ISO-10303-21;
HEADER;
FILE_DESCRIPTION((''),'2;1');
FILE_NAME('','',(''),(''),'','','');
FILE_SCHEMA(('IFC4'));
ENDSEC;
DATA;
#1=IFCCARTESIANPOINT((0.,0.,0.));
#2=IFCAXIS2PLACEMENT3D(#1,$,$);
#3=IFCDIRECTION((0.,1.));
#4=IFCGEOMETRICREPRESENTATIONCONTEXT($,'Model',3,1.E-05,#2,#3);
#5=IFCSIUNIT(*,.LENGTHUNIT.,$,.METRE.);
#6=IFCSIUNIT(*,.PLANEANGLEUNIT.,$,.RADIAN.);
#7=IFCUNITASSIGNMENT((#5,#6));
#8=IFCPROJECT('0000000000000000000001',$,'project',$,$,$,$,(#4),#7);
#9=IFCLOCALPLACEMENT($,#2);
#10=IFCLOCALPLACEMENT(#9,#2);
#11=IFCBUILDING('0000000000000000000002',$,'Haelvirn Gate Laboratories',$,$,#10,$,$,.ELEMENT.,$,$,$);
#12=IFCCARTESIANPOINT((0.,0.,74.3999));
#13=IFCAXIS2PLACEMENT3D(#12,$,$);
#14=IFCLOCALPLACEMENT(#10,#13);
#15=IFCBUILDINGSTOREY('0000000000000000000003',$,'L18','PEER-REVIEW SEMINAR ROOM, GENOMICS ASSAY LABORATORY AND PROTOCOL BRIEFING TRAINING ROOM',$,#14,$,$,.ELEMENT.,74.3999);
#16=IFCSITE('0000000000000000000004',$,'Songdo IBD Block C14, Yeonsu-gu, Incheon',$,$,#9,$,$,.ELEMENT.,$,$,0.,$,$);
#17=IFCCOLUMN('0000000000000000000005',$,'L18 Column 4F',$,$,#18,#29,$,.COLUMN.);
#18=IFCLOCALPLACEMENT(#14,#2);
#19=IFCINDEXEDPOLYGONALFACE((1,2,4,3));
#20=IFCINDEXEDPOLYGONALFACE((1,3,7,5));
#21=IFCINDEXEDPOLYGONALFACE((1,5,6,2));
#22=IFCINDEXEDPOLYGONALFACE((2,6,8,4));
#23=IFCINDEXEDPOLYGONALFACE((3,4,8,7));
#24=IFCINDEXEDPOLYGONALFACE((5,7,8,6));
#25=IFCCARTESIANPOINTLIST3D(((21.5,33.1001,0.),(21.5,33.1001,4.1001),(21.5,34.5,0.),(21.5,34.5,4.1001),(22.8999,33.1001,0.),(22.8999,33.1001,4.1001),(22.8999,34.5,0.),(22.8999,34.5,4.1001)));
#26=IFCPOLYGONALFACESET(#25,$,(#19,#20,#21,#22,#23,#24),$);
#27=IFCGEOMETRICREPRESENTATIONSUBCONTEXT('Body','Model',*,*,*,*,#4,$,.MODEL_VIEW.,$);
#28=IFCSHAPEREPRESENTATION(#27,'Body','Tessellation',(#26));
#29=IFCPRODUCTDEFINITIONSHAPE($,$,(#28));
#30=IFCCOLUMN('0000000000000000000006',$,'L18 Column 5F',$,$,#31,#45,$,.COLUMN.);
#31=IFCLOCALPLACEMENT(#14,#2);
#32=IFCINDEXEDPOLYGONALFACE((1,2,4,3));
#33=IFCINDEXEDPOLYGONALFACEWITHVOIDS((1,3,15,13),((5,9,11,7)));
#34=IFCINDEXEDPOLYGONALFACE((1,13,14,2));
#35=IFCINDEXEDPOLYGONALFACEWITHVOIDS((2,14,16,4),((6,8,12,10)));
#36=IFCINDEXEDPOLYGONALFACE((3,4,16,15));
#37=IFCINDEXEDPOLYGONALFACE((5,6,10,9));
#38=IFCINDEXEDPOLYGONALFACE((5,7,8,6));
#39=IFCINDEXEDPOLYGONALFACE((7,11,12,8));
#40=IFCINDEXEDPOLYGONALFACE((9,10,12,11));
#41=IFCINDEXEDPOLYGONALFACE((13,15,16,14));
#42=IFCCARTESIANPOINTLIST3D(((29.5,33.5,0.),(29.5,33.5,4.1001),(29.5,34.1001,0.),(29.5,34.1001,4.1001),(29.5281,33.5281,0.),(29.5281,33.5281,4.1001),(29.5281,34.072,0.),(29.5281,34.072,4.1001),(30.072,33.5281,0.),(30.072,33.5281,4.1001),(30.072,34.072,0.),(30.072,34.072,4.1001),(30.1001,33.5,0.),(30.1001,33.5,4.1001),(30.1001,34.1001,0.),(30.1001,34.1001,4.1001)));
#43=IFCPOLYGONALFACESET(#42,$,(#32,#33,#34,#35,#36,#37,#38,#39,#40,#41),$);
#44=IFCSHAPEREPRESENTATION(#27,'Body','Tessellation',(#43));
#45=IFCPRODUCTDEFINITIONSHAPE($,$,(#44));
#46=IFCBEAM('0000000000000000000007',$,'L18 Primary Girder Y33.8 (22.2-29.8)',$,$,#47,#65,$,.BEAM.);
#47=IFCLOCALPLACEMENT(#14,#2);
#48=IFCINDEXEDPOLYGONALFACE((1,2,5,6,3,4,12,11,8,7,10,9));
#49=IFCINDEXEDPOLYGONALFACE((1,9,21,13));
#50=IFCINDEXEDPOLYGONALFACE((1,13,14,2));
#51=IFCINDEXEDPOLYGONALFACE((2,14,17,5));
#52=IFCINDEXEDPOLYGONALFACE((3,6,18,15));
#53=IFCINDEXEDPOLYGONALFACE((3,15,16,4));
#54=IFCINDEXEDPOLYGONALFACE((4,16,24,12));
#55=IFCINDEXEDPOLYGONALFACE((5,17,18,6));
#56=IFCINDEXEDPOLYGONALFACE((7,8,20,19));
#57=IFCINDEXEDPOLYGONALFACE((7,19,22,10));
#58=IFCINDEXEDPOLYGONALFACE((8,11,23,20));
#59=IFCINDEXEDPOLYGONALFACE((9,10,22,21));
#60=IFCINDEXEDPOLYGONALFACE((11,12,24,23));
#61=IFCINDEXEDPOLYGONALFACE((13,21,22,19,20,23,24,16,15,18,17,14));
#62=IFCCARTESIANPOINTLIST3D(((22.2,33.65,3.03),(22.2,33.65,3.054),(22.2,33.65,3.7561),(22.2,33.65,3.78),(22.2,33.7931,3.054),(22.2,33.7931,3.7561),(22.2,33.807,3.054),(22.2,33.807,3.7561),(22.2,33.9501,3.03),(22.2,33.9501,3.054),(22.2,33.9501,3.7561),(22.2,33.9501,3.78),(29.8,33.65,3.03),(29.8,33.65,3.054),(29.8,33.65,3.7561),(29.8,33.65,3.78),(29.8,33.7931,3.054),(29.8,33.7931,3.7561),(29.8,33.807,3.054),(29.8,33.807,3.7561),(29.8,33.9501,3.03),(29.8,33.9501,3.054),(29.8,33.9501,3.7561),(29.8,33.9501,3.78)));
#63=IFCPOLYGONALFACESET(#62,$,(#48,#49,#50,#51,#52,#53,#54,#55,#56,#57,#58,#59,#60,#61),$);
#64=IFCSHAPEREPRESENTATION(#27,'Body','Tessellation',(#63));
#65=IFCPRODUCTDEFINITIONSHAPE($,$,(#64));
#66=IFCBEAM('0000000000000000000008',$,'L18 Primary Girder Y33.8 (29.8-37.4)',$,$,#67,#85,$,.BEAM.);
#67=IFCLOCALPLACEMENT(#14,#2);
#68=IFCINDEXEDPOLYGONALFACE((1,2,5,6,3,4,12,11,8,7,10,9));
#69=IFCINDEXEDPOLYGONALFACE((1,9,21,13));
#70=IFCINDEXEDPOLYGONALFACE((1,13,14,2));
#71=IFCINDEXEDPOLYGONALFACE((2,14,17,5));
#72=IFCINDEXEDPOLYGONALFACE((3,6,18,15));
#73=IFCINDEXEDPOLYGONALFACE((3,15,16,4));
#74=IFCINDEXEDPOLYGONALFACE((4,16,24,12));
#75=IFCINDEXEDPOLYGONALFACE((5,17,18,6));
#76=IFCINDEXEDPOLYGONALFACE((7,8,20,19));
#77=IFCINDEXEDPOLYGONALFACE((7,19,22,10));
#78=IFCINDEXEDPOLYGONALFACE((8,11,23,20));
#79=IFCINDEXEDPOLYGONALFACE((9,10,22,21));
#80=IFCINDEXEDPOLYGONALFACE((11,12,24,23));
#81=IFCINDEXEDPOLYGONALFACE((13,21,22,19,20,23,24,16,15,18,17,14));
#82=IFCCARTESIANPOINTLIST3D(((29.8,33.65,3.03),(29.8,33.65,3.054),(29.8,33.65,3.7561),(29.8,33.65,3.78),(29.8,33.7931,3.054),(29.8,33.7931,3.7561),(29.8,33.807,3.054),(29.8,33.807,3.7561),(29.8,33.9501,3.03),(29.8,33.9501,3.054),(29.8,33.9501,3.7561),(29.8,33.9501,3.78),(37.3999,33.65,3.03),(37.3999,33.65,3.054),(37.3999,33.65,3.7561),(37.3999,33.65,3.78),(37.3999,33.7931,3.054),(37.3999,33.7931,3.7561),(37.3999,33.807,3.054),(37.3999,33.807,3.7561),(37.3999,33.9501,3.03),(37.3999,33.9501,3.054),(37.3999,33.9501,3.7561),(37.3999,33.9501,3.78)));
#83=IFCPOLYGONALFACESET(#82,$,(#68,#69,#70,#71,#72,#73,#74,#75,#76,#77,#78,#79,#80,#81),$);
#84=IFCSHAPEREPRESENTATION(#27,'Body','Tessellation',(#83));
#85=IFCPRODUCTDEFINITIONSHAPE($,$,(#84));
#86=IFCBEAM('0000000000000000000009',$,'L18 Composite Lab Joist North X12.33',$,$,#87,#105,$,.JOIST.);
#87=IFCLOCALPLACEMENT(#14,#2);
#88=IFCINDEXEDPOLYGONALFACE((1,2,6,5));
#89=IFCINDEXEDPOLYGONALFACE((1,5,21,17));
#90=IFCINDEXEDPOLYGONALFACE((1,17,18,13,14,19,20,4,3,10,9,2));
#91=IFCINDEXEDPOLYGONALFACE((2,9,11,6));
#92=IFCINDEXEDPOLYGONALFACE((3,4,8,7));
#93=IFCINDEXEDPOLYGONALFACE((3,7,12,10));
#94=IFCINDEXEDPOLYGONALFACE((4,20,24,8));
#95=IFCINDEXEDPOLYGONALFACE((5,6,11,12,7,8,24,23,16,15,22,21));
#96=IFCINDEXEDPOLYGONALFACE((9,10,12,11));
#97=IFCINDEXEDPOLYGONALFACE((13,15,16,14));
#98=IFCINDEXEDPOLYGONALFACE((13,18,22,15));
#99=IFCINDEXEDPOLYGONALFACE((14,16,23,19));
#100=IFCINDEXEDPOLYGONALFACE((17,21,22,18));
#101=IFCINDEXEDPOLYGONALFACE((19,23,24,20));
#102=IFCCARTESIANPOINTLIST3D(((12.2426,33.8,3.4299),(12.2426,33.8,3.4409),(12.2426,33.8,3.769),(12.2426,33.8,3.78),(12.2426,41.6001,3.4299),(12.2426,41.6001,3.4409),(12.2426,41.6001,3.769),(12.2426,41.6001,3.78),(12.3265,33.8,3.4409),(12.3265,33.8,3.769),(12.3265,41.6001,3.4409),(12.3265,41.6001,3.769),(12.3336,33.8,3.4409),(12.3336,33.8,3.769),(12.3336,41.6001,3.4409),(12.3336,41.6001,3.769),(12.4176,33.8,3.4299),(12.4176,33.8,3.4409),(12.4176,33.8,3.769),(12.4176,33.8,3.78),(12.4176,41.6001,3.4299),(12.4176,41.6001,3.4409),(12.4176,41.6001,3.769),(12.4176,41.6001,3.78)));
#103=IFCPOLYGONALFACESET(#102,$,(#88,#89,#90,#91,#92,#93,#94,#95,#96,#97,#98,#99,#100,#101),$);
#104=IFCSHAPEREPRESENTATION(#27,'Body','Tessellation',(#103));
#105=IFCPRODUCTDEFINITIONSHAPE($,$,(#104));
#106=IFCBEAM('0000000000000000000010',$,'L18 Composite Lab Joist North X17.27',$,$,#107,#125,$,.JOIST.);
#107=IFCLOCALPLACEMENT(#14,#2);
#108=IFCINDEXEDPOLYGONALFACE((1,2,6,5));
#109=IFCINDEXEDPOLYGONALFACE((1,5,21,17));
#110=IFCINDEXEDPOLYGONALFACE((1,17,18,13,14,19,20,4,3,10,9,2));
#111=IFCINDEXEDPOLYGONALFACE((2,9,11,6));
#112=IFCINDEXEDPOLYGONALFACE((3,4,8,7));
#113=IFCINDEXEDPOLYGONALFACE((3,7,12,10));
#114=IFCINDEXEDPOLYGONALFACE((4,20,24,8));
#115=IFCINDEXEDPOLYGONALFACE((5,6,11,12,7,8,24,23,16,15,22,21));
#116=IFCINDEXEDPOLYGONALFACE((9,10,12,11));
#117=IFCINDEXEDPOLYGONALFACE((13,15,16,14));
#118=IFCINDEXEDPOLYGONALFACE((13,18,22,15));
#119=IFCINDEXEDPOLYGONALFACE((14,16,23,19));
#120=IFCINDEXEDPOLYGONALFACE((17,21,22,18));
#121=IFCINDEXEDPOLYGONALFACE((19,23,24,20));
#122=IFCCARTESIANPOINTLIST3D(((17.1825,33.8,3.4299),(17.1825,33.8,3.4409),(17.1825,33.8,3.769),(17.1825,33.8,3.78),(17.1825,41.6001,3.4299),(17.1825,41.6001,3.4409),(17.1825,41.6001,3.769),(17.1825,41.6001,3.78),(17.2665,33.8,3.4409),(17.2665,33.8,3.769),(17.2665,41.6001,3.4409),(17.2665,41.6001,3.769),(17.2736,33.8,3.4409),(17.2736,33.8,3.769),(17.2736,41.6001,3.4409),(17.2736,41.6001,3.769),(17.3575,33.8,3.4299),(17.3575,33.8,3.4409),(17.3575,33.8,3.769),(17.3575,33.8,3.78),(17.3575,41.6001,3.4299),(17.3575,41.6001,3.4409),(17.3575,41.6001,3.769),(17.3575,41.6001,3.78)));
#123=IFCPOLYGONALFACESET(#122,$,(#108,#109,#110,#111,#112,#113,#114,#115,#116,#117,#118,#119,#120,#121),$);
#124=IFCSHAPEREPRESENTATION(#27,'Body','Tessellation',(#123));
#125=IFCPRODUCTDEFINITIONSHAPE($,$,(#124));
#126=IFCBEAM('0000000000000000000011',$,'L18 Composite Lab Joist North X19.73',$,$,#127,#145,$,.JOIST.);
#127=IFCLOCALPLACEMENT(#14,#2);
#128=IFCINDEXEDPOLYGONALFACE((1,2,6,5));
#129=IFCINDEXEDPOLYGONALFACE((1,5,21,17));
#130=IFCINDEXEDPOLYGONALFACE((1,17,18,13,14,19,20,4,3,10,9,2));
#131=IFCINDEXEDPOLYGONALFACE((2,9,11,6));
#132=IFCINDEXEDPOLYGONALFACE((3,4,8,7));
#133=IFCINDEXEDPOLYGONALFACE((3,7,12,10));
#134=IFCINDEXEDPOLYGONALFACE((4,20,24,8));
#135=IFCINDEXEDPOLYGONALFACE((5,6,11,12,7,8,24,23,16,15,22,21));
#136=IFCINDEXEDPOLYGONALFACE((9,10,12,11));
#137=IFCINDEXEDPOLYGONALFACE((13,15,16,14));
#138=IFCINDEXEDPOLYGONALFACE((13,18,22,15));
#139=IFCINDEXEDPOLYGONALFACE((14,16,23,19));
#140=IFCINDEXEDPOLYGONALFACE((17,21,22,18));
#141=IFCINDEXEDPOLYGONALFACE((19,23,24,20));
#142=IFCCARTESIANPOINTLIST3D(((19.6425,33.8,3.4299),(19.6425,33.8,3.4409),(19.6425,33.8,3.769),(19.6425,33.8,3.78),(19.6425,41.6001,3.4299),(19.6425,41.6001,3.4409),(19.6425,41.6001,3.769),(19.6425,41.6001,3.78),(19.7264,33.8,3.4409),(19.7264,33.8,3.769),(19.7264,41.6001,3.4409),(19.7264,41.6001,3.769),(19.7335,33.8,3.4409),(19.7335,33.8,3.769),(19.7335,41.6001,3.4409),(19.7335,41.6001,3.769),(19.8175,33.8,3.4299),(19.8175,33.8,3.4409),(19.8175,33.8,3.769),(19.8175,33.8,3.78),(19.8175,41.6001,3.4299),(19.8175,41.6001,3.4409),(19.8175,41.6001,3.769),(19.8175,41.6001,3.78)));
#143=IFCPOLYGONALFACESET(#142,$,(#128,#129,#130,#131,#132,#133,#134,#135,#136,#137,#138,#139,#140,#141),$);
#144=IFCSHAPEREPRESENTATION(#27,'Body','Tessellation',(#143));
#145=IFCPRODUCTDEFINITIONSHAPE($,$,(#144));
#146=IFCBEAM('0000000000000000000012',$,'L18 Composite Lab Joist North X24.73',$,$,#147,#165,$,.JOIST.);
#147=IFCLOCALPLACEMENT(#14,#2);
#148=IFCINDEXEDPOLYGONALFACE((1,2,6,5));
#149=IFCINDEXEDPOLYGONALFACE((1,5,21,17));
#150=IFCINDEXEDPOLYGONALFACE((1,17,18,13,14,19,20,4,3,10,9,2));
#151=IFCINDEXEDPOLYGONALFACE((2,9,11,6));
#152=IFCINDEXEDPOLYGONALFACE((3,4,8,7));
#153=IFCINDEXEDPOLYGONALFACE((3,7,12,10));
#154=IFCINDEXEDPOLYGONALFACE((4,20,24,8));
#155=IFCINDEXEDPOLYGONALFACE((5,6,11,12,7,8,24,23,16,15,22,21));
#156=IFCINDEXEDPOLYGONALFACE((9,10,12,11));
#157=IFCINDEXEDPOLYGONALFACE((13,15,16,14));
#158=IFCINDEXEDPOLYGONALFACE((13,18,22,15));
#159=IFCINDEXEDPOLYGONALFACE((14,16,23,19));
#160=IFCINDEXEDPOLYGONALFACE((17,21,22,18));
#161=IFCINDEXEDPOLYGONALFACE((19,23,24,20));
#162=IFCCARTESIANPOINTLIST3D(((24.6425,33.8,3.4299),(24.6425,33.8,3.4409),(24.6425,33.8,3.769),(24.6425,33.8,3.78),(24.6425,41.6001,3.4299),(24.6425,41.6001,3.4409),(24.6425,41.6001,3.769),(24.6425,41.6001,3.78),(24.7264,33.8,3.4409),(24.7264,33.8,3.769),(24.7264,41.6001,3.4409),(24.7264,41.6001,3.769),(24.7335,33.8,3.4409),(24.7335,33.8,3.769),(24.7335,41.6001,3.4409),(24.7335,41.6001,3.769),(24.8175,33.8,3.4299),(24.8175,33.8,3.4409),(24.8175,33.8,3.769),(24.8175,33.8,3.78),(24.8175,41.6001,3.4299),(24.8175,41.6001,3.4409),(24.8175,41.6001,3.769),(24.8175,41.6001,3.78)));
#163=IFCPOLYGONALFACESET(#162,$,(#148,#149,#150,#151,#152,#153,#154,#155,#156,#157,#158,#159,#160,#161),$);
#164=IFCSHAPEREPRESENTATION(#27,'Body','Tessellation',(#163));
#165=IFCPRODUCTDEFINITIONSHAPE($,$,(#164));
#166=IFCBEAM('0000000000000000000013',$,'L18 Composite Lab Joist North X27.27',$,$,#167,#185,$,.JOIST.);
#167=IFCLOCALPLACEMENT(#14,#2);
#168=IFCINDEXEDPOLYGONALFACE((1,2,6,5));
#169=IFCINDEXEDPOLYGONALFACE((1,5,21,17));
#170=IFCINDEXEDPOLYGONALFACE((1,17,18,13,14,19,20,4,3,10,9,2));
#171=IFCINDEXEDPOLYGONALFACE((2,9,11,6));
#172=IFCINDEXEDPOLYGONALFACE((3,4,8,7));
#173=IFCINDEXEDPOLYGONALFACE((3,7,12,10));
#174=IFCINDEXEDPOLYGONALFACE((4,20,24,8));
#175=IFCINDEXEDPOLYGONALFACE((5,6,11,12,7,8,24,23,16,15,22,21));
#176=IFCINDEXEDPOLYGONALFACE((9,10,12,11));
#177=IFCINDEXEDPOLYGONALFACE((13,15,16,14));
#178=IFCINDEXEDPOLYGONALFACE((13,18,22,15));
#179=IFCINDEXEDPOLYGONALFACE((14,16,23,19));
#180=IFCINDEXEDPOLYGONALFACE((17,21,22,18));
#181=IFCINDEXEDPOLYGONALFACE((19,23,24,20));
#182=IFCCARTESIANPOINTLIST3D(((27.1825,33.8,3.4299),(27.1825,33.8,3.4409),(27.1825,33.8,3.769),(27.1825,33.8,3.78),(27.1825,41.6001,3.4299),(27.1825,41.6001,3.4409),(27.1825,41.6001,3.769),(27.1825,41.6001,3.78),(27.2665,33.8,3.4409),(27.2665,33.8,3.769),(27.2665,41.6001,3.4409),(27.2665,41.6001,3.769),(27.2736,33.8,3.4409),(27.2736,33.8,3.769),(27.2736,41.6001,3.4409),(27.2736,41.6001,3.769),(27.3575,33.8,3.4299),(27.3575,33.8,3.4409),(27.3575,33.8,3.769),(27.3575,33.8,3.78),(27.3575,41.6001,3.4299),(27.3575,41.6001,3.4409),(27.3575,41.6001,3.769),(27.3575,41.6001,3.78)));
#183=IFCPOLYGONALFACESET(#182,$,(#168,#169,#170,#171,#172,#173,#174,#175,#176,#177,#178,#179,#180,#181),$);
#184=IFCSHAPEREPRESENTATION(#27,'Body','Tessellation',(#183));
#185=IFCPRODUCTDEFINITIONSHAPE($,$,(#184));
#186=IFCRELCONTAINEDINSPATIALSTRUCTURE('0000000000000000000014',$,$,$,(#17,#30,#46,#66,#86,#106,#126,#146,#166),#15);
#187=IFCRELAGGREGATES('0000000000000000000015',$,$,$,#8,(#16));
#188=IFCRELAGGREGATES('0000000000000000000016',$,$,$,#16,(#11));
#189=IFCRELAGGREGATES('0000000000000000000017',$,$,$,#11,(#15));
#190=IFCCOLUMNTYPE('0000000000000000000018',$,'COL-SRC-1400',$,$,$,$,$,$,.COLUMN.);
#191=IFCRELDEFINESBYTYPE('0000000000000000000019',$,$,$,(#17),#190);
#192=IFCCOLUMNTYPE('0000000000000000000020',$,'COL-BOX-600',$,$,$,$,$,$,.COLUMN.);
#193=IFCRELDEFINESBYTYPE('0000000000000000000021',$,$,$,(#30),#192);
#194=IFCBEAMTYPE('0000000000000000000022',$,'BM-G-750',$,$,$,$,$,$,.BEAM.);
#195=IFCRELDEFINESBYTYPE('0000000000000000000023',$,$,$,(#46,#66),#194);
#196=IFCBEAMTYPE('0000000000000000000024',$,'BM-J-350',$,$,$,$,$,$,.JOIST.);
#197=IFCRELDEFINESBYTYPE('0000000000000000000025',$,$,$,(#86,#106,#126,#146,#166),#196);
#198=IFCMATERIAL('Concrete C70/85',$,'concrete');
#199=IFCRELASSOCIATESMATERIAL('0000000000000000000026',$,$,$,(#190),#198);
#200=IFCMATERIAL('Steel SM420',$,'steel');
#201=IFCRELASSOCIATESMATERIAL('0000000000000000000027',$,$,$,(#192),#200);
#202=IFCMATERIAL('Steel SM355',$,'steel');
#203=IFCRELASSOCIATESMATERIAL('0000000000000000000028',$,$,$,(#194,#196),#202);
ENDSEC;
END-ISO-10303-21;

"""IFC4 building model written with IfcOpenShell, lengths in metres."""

from ifc_helpers import new_model, si_unit, direction, frame, origin, origin_2d, place, context, subcontext, project, spatial, rectangle, hollow_rectangle, i_section, extrude, source, transform, mapped, material, material_profile, profile_set, type_object, type_shapes, element, save


model = new_model("IFC4")

# Units and contexts
model_context = context("Model", 3, precision=1e-05, world=origin(), true_north=direction((0.0, 1.0)))
body_context = subcontext(model_context, "Body", "Model", "MODEL_VIEW")
ifc_project = project(units=[si_unit("LENGTHUNIT", "METRE"), si_unit("PLANEANGLEUNIT", "RADIAN")], contexts=[model_context])

# Site, building, storey
site_placement = place(None, origin())
site = spatial("IfcSite", under=ifc_project, at=site_placement, Name="Songdo IBD Block C14, Yeonsu-gu, Incheon", CompositionType="ELEMENT", RefElevation=0.0)
building_placement = place(site_placement, origin())
building = spatial("IfcBuilding", under=site, at=building_placement, Name="Haelvirn Gate Laboratories", CompositionType="ELEMENT")
storey_placement = place(building_placement, frame((0.0, 0.0, 74.3999)))
storey = spatial("IfcBuildingStorey", under=building, at=storey_placement, Name="L18", Description="PEER-REVIEW SEMINAR ROOM, GENOMICS ASSAY LABORATORY AND PROTOCOL BRIEFING TRAINING ROOM", CompositionType="ELEMENT", Elevation=74.3999)

# Columns
ifc_material_1 = material(Name="Concrete C70/85", Category="concrete")
ifc_material_profile_1 = material_profile(ifc_material_1, rectangle(XDim=1.3999, YDim=1.3999, at=origin_2d()), Name="SRC-1400x1400")
ifc_profile_set_1 = profile_set([ifc_material_profile_1], Name="Concrete C70/85")
column_type_1 = type_object("IfcColumnType", Name="COL-SRC-1400", PredefinedType="COLUMN", material=ifc_profile_set_1)
shared_shape_1 = source(origin(), body_context, "Body", "SweptSolid", [
    extrude(rectangle(XDim=1.3999, YDim=1.3999, at=origin_2d()), origin(), (0.0, 0.0, 1.0), 4.1001),
])
type_shapes(column_type_1, [shared_shape_1])
column_1_placement = place(storey_placement, frame((22.2, 33.8, 0.0), z_axis=(0.0, 0.0, 1.0), x_axis=(1.0, 0.0, 0.0)))
element("IfcColumn", 1, at=column_1_placement, inside=storey, type_object=column_type_1, Name="L18 Column 4F", PredefinedType="COLUMN", context=body_context, shape_type="MappedRepresentation", body=[
    mapped(shared_shape_1, transform((0.0, 0.0, 0.0), scale=1.0)),
])
ifc_material_2 = material(Name="Steel SM420", Category="steel")
ifc_material_profile_2 = material_profile(ifc_material_2, hollow_rectangle(XDim=0.6001, YDim=0.6001, WallThickness=0.0281, at=origin_2d()), Name="BOX-600x600x28")
ifc_profile_set_2 = profile_set([ifc_material_profile_2], Name="Steel SM420")
column_type_2 = type_object("IfcColumnType", Name="COL-BOX-600", PredefinedType="COLUMN", material=ifc_profile_set_2)
shared_shape_2 = source(origin(), body_context, "Body", "SweptSolid", [
    extrude(hollow_rectangle(XDim=0.6001, YDim=0.6001, WallThickness=0.0281, at=origin_2d()), origin(), (0.0, 0.0, 1.0), 4.1001),
])
type_shapes(column_type_2, [shared_shape_2])
column_2_placement = place(storey_placement, frame((29.8, 33.8, 0.0), z_axis=(0.0, 0.0, 1.0), x_axis=(1.0, 0.0, 0.0)))
element("IfcColumn", 2, at=column_2_placement, inside=storey, type_object=column_type_2, Name="L18 Column 5F", PredefinedType="COLUMN", context=body_context, shape_type="MappedRepresentation", body=[
    mapped(shared_shape_2, transform((0.0, 0.0, 0.0), scale=1.0)),
])

# Beams
ifc_material_3 = material(Name="Steel SM355", Category="steel")
ifc_material_profile_3 = material_profile(ifc_material_3, i_section(OverallWidth=0.3, OverallDepth=0.75, WebThickness=0.0139, FlangeThickness=0.0239, at=origin_2d()), Name="H-750x300x14x24")
ifc_profile_set_3 = profile_set([ifc_material_profile_3], Name="Steel SM355")
beam_type_1 = type_object("IfcBeamType", Name="BM-G-750", PredefinedType="BEAM", material=ifc_profile_set_3)
shared_shape_3 = source(origin(), body_context, "Body", "SweptSolid", [
    extrude(i_section(OverallWidth=0.3, OverallDepth=0.75, WebThickness=0.0139, FlangeThickness=0.0239, at=origin_2d()), origin(), (0.0, 0.0, 1.0), 7.6001),
])
beam_1_placement = place(storey_placement, frame((22.2, 33.8, 3.405), z_axis=(1.0, 0.0, 0.0), x_axis=(0.0, 1.0, 0.0)))
element("IfcBeam", 3, at=beam_1_placement, inside=storey, type_object=beam_type_1, Name="L18 Primary Girder Y33.8 (22.2-29.8)", PredefinedType="BEAM", context=body_context, shape_type="MappedRepresentation", body=[
    mapped(shared_shape_3, transform((0.0, 0.0, 0.0), scale=1.0)),
])
shared_shape_4 = source(origin(), body_context, "Body", "SweptSolid", [
    extrude(i_section(OverallWidth=0.3, OverallDepth=0.75, WebThickness=0.0139, FlangeThickness=0.0239, at=origin_2d()), origin(), (0.0, 0.0, 1.0), 7.5999),
])
type_shapes(beam_type_1, [shared_shape_3, shared_shape_4])
beam_2_placement = place(storey_placement, frame((29.8, 33.8, 3.405), z_axis=(1.0, 0.0, 0.0), x_axis=(0.0, 1.0, 0.0)))
element("IfcBeam", 4, at=beam_2_placement, inside=storey, type_object=beam_type_1, Name="L18 Primary Girder Y33.8 (29.8-37.4)", PredefinedType="BEAM", context=body_context, shape_type="MappedRepresentation", body=[
    mapped(shared_shape_4, transform((0.0, 0.0, 0.0), scale=1.0)),
])
ifc_material_profile_4 = material_profile(ifc_material_3, i_section(OverallWidth=0.175, OverallDepth=0.3501, WebThickness=0.0071, FlangeThickness=0.011, at=origin_2d()), Name="H-350x175x7x11")
ifc_profile_set_4 = profile_set([ifc_material_profile_4], Name="Steel SM355")
beam_type_2 = type_object("IfcBeamType", Name="BM-J-350", PredefinedType="JOIST", material=ifc_profile_set_4)
shared_shape_5 = source(origin(), body_context, "Body", "SweptSolid", [
    extrude(i_section(OverallWidth=0.175, OverallDepth=0.3501, WebThickness=0.0071, FlangeThickness=0.011, at=origin_2d()), origin(), (0.0, 0.0, 1.0), 7.8),
])
type_shapes(beam_type_2, [shared_shape_5])
for number, where, z_axis, x_axis, name in (
    (5, (12.3301, 33.8, 3.605), (0.0, 1.0, 0.0), (-1.0, 0.0, 0.0), "L18 Composite Lab Joist North X12.33"),
    (6, (17.27, 33.8, 3.605), (0.0, 1.0, 0.0), (-1.0, 0.0, 0.0), "L18 Composite Lab Joist North X17.27"),
    (7, (19.73, 33.8, 3.605), (0.0, 1.0, 0.0), (-1.0, 0.0, 0.0), "L18 Composite Lab Joist North X19.73"),
    (8, (24.73, 33.8, 3.605), (0.0, 1.0, 0.0), (-1.0, 0.0, 0.0), "L18 Composite Lab Joist North X24.73"),
    (9, (27.27, 33.8, 3.605), (0.0, 1.0, 0.0), (-1.0, 0.0, 0.0), "L18 Composite Lab Joist North X27.27"),
):
    element("IfcBeam", number, at=place(storey_placement, frame(where, z_axis=z_axis, x_axis=x_axis)), inside=storey, type_object=beam_type_2, Name=name, PredefinedType="JOIST", context=body_context, shape_type="MappedRepresentation", body=[
        mapped(shared_shape_5, transform((0.0, 0.0, 0.0), scale=1.0)),
    ])

save(model, "model.ifc")
